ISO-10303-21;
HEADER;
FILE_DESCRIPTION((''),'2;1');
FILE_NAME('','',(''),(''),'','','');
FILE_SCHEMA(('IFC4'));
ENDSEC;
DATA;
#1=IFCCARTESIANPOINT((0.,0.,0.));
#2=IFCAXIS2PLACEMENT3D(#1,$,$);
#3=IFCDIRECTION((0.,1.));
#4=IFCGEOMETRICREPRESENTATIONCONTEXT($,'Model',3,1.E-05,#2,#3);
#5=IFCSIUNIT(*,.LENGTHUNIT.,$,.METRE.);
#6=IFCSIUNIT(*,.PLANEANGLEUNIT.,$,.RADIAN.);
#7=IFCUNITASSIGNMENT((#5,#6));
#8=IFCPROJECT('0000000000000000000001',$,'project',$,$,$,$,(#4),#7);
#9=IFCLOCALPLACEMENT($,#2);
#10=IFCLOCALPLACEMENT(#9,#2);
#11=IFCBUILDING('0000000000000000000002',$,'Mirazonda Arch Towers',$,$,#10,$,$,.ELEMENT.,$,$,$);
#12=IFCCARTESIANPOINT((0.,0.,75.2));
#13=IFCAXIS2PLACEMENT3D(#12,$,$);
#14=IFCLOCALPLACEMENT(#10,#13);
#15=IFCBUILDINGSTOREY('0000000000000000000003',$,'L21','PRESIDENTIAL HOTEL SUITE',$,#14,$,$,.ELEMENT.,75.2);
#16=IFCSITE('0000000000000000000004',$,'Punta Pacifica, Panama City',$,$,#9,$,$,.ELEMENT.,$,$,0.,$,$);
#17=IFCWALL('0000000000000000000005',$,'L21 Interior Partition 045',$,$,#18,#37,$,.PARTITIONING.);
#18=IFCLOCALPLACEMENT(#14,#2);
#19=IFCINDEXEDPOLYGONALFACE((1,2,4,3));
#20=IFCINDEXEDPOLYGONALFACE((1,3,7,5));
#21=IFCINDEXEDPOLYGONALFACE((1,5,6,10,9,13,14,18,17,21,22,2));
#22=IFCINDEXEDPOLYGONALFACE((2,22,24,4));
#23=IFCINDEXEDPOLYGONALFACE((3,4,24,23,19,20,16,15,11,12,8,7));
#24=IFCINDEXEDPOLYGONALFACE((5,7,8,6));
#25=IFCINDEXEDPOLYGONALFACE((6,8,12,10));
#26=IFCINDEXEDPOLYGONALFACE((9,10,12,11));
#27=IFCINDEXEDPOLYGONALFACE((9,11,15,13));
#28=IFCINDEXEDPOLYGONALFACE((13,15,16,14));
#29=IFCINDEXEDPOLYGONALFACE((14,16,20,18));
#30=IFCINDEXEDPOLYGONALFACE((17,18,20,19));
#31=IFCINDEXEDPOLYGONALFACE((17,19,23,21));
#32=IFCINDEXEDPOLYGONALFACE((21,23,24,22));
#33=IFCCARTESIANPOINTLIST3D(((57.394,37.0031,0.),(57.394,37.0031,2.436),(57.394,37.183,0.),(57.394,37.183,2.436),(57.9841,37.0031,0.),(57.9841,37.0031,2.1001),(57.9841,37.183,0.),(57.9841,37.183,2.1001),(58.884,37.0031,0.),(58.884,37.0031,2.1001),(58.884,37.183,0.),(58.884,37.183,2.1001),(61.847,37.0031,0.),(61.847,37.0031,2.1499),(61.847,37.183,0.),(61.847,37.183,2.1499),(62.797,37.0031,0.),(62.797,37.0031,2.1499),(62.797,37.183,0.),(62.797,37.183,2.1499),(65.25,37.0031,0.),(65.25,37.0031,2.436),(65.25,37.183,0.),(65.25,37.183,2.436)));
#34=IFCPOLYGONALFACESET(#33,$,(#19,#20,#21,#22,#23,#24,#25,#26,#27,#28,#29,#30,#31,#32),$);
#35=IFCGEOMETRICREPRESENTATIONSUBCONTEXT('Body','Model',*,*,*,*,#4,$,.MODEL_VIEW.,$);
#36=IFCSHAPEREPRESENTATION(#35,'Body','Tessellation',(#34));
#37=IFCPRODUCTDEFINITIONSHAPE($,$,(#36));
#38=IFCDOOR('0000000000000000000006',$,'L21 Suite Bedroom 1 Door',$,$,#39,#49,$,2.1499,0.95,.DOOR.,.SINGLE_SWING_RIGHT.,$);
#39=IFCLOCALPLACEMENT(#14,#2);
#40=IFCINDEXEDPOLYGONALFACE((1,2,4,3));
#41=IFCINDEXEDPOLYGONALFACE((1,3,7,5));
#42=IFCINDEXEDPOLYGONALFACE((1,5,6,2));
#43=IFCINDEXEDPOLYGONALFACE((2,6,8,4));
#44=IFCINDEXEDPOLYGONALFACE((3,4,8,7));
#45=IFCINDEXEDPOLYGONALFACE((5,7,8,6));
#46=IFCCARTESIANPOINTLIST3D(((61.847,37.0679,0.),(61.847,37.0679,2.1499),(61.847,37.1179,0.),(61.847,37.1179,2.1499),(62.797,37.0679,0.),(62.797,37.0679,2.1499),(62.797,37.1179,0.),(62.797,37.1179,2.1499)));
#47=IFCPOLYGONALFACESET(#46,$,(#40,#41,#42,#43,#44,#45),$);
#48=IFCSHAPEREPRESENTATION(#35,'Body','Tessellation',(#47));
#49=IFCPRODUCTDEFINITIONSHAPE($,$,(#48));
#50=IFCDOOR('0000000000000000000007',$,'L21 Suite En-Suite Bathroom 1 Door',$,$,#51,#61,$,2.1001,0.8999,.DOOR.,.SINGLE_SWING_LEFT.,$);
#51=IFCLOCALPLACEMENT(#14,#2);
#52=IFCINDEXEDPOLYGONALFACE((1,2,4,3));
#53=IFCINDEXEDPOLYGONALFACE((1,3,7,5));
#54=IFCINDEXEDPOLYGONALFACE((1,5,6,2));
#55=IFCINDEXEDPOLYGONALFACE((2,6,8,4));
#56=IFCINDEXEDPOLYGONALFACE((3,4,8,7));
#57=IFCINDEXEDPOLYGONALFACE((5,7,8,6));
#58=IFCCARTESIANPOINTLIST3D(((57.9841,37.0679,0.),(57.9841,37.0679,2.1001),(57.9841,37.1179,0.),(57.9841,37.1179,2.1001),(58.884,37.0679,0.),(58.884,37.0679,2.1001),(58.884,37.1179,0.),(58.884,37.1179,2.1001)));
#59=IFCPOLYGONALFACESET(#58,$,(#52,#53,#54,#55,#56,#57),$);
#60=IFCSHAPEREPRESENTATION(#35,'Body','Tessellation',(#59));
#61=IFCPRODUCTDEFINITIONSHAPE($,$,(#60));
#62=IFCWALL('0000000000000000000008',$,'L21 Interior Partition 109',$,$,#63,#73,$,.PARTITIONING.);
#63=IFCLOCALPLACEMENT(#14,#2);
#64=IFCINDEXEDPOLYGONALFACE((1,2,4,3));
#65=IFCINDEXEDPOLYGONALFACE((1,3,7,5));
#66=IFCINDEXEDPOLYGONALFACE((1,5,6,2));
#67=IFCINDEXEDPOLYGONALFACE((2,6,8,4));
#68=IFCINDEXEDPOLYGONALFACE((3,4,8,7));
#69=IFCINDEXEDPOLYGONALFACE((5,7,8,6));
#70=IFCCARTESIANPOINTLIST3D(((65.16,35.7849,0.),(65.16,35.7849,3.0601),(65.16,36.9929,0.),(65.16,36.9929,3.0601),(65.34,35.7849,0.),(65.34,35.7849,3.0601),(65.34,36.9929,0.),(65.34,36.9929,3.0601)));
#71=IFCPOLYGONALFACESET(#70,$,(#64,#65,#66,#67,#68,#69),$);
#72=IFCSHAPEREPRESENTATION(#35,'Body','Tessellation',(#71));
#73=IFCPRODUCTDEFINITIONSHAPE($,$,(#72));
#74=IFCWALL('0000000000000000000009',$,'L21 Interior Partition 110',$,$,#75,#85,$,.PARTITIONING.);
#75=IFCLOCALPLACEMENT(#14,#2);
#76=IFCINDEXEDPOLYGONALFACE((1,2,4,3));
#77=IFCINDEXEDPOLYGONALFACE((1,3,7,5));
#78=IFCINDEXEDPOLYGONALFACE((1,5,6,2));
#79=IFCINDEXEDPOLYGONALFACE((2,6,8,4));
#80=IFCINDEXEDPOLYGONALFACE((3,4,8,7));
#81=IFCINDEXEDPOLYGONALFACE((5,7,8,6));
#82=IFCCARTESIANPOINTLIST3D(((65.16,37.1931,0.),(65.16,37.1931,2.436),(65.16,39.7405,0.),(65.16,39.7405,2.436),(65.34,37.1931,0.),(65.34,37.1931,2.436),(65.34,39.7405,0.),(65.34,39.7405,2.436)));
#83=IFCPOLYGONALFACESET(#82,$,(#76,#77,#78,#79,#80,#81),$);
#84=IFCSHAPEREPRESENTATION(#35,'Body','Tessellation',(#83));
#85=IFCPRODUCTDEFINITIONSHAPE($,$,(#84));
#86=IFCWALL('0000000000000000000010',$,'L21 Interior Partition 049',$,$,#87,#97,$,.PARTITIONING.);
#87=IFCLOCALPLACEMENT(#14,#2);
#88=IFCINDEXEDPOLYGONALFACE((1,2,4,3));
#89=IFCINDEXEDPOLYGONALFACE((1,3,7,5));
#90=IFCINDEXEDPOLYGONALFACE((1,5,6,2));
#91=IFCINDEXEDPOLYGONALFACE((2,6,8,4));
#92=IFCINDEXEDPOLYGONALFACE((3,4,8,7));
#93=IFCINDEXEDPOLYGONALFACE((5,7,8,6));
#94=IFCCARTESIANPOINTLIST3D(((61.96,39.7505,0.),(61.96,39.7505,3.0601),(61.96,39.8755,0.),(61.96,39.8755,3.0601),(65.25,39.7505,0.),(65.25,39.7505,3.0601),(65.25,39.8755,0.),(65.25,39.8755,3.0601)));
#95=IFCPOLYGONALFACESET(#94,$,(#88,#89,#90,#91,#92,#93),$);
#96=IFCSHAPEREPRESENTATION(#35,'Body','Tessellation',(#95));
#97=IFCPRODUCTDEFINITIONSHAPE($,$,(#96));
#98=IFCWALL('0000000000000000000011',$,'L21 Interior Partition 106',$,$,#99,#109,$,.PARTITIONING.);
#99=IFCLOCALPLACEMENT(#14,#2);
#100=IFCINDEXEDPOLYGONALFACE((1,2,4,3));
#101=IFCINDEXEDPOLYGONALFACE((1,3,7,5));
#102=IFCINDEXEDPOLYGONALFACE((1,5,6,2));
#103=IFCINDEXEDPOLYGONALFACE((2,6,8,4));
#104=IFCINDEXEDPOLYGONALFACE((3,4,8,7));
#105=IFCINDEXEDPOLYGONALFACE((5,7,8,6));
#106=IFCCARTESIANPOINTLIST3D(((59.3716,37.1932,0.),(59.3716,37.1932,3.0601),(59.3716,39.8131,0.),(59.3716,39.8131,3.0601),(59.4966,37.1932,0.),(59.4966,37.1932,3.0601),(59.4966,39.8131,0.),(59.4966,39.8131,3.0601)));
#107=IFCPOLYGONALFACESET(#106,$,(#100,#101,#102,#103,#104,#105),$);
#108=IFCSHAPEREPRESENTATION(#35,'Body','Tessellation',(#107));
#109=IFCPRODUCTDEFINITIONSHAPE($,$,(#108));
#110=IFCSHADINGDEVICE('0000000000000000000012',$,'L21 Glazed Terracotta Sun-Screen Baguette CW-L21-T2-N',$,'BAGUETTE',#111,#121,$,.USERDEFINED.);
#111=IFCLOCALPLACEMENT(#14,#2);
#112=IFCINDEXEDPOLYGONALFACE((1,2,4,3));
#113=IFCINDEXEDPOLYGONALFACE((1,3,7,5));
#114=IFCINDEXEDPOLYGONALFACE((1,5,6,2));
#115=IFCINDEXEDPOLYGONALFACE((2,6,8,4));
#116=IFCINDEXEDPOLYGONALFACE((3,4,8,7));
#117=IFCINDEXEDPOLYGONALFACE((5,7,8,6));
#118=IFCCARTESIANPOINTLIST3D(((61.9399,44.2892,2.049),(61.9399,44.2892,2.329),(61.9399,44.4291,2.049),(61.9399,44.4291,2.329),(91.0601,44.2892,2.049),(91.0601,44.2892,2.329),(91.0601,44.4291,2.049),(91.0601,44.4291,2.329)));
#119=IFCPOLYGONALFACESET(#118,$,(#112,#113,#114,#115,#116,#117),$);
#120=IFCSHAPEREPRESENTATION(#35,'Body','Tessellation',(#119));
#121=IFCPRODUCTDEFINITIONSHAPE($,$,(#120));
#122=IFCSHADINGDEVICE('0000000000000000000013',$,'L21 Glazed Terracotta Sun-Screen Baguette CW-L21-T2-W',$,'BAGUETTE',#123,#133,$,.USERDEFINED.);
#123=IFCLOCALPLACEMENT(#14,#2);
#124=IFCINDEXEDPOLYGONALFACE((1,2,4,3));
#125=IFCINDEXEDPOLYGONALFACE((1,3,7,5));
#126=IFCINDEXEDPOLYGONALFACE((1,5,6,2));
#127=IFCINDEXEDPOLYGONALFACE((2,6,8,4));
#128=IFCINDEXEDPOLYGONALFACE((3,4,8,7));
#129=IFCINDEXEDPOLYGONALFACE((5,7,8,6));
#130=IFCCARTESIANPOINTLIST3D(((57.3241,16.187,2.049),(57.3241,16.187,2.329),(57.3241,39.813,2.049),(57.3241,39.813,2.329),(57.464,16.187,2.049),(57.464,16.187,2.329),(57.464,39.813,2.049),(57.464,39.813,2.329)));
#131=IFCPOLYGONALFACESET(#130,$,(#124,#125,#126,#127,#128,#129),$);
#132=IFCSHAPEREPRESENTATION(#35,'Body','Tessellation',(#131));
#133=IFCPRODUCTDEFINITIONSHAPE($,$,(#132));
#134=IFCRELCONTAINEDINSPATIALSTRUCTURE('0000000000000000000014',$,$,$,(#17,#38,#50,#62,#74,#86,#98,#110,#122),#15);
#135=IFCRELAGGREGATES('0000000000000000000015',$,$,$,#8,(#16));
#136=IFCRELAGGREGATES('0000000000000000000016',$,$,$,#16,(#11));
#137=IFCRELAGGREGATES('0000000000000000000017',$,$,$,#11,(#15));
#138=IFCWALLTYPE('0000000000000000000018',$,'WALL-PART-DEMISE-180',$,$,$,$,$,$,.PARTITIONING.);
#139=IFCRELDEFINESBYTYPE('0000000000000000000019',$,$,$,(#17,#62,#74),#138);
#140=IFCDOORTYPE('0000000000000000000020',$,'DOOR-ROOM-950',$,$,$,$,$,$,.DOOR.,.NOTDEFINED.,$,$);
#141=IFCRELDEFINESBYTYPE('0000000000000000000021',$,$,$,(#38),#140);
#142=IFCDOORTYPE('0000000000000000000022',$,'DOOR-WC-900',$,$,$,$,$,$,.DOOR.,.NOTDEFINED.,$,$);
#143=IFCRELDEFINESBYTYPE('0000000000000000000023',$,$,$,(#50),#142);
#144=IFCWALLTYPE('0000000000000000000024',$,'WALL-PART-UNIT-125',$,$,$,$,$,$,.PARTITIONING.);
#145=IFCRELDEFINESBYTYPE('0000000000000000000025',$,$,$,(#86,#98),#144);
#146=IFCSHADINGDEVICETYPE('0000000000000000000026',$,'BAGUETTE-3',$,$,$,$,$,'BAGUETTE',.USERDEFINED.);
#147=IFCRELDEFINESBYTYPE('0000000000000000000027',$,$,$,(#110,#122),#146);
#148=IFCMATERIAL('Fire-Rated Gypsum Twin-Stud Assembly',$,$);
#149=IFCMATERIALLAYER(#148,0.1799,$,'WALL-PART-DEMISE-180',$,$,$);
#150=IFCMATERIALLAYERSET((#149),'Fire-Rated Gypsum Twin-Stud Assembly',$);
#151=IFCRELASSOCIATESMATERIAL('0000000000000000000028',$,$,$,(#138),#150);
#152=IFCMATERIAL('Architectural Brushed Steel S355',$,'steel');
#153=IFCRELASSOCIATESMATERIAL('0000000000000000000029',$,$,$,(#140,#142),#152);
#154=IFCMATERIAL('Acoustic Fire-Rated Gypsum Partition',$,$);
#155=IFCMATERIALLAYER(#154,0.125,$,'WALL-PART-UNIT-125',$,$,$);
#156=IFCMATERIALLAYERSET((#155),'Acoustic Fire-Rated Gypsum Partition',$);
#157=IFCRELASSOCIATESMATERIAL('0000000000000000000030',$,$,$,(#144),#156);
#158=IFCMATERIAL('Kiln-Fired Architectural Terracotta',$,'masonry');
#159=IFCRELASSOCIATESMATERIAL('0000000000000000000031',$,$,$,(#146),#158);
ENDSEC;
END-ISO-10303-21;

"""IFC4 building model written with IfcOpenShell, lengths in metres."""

from ifc_helpers import new_model, si_unit, direction, frame, frame_2d, origin, origin_2d, place, context, subcontext, project, spatial, rectangle, extrude, material, layer, layer_set, material_profile, profile_set, type_object, element, fill, save


model = new_model("IFC4")

# Units and contexts
model_context = context("Model", 3, precision=1e-05, world=origin(), true_north=direction((0.0, 1.0)))
body_context = subcontext(model_context, "Body", "Model", "MODEL_VIEW")
ifc_project = project(units=[si_unit("LENGTHUNIT", "METRE"), si_unit("PLANEANGLEUNIT", "RADIAN")], contexts=[model_context])

# Site, building, storey
site_placement = place(None, origin())
site = spatial("IfcSite", under=ifc_project, at=site_placement, Name="Punta Pacifica, Panama City", CompositionType="ELEMENT", RefElevation=0.0)
building_placement = place(site_placement, origin())
building = spatial("IfcBuilding", under=site, at=building_placement, Name="Mirazonda Arch Towers", CompositionType="ELEMENT")
storey_placement = place(building_placement, frame((0.0, 0.0, 75.2)))
storey = spatial("IfcBuildingStorey", under=building, at=storey_placement, Name="L21", Description="PRESIDENTIAL HOTEL SUITE", CompositionType="ELEMENT", Elevation=75.2)

# Wall, openings, doors
ifc_material_1 = material(Name="Fire-Rated Gypsum Twin-Stud Assembly")
ifc_layer_1 = layer(ifc_material_1, 0.1799, Name="WALL-PART-DEMISE-180")
ifc_layer_set_1 = layer_set([ifc_layer_1], Name="Fire-Rated Gypsum Twin-Stud Assembly")
wall_type_1 = type_object("IfcWallType", Name="WALL-PART-DEMISE-180", PredefinedType="PARTITIONING", material=ifc_layer_set_1)
wall_1_placement = place(storey_placement, frame((57.394, 37.093, 0.0), z_axis=(0.0, 0.0, 1.0), x_axis=(1.0, 0.0, 0.0)))
wall_1 = element("IfcWall", 1, at=wall_1_placement, inside=storey, type_object=wall_type_1, Name="L21 Interior Partition 045", PredefinedType="PARTITIONING", context=body_context, shape_type="SweptSolid", body=[
    extrude(rectangle(XDim=7.856, YDim=0.1799, at=frame_2d((3.928, 0.0))), origin(), (0.0, 0.0, 1.0), 2.436),
])
opening_1_placement = place(wall_1_placement, frame((4.4529, 0.0, 0.0)))
opening_1 = element("IfcOpeningElement", 2, at=opening_1_placement, cuts=wall_1, PredefinedType="OPENING", context=body_context, shape_type="SweptSolid", body=[
    extrude(rectangle(XDim=0.95, YDim=2.1499, at=frame_2d((0.4751, 1.075))), frame((0.0, 0.0999, 0.0), z_axis=(0.0, -1.0, 0.0), x_axis=(1.0, 0.0, 0.0)), (0.0, 0.0, 1.0), 0.2),
])
opening_2_placement = place(wall_1_placement, frame((0.5901, 0.0, 0.0)))
opening_2 = element("IfcOpeningElement", 3, at=opening_2_placement, cuts=wall_1, PredefinedType="OPENING", context=body_context, shape_type="SweptSolid", body=[
    extrude(rectangle(XDim=0.8999, YDim=2.1001, at=frame_2d((0.45, 1.05))), frame((0.0, 0.0999, 0.0), z_axis=(0.0, -1.0, 0.0), x_axis=(1.0, 0.0, 0.0)), (0.0, 0.0, 1.0), 0.2),
])
ifc_material_2 = material(Name="Architectural Brushed Steel S355", Category="steel")
door_type_1 = type_object("IfcDoorType", Name="DOOR-ROOM-950", OperationType="NOTDEFINED", PredefinedType="DOOR", material=ifc_material_2)
door_1_placement = place(opening_1_placement, origin())
door_1 = element("IfcDoor", 4, at=door_1_placement, inside=storey, type_object=door_type_1, Name="L21 Suite Bedroom 1 Door", OperationType="SINGLE_SWING_RIGHT", OverallHeight=2.1499, OverallWidth=0.95, PredefinedType="DOOR", context=body_context, shape_type="SweptSolid", body=[
    extrude(rectangle(XDim=0.95, YDim=2.1499, at=frame_2d((0.4751, 1.075))), frame((0.0, 0.0249, 0.0), z_axis=(0.0, -1.0, 0.0), x_axis=(1.0, 0.0, 0.0)), (0.0, 0.0, 1.0), 0.05),
])
fill(opening_1, door_1)
door_type_2 = type_object("IfcDoorType", Name="DOOR-WC-900", OperationType="NOTDEFINED", PredefinedType="DOOR", material=ifc_material_2)
door_2_placement = place(opening_2_placement, origin())
door_2 = element("IfcDoor", 5, at=door_2_placement, inside=storey, type_object=door_type_2, Name="L21 Suite En-Suite Bathroom 1 Door", OperationType="SINGLE_SWING_LEFT", OverallHeight=2.1001, OverallWidth=0.8999, PredefinedType="DOOR", context=body_context, shape_type="SweptSolid", body=[
    extrude(rectangle(XDim=0.8999, YDim=2.1001, at=frame_2d((0.45, 1.05))), frame((0.0, 0.0249, 0.0), z_axis=(0.0, -1.0, 0.0), x_axis=(1.0, 0.0, 0.0)), (0.0, 0.0, 1.0), 0.05),
])
fill(opening_2, door_2)

# Walls
wall_2_placement = place(storey_placement, frame((65.25, 35.7849, 0.0), z_axis=(0.0, 0.0, 1.0), x_axis=(0.0, 1.0, 0.0)))
element("IfcWall", 6, at=wall_2_placement, inside=storey, type_object=wall_type_1, Name="L21 Interior Partition 109", PredefinedType="PARTITIONING", context=body_context, shape_type="SweptSolid", body=[
    extrude(rectangle(XDim=1.208, YDim=0.1799, at=frame_2d((0.604, 0.0))), origin(), (0.0, 0.0, 1.0), 3.0601),
])
wall_3_placement = place(storey_placement, frame((65.25, 37.1931, 0.0), z_axis=(0.0, 0.0, 1.0), x_axis=(0.0, 1.0, 0.0)))
element("IfcWall", 7, at=wall_3_placement, inside=storey, type_object=wall_type_1, Name="L21 Interior Partition 110", PredefinedType="PARTITIONING", context=body_context, shape_type="SweptSolid", body=[
    extrude(rectangle(XDim=2.5474, YDim=0.1799, at=frame_2d((1.2737, 0.0))), origin(), (0.0, 0.0, 1.0), 2.436),
])
ifc_material_3 = material(Name="Acoustic Fire-Rated Gypsum Partition")
ifc_layer_2 = layer(ifc_material_3, 0.125, Name="WALL-PART-UNIT-125")
ifc_layer_set_2 = layer_set([ifc_layer_2], Name="Acoustic Fire-Rated Gypsum Partition")
wall_type_2 = type_object("IfcWallType", Name="WALL-PART-UNIT-125", PredefinedType="PARTITIONING", material=ifc_layer_set_2)
wall_4_placement = place(storey_placement, frame((61.96, 39.813, 0.0), z_axis=(0.0, 0.0, 1.0), x_axis=(1.0, 0.0, 0.0)))
element("IfcWall", 8, at=wall_4_placement, inside=storey, type_object=wall_type_2, Name="L21 Interior Partition 049", PredefinedType="PARTITIONING", context=body_context, shape_type="SweptSolid", body=[
    extrude(rectangle(XDim=3.29, YDim=0.125, at=frame_2d((1.645, 0.0))), origin(), (0.0, 0.0, 1.0), 3.0601),
])
wall_5_placement = place(storey_placement, frame((59.4341, 37.1931, 0.0), z_axis=(0.0, 0.0, 1.0), x_axis=(0.0, 1.0, 0.0)))
element("IfcWall", 9, at=wall_5_placement, inside=storey, type_object=wall_type_2, Name="L21 Interior Partition 106", PredefinedType="PARTITIONING", context=body_context, shape_type="SweptSolid", body=[
    extrude(rectangle(XDim=2.6199, YDim=0.125, at=frame_2d((1.3101, 0.0))), origin(), (0.0, 0.0, 1.0), 3.0601),
])

# Shading devices
ifc_material_4 = material(Name="Kiln-Fired Architectural Terracotta", Category="masonry")
ifc_material_profile_1 = material_profile(ifc_material_4, rectangle(XDim=0.1399, YDim=0.28, at=origin_2d()), Name="TERRA-BAG-140x280")
ifc_profile_set_1 = profile_set([ifc_material_profile_1], Name="Kiln-Fired Architectural Terracotta")
shading_device_type = type_object("IfcShadingDeviceType", Name="BAGUETTE-3", ElementType="BAGUETTE", PredefinedType="USERDEFINED", material=ifc_profile_set_1)
shading_device_1_placement = place(storey_placement, frame((61.9399, 44.3591, 2.189), z_axis=(1.0, 0.0, 0.0), x_axis=(0.0, 1.0, 0.0)))
element("IfcShadingDevice", 10, at=shading_device_1_placement, inside=storey, type_object=shading_device_type, Name="L21 Glazed Terracotta Sun-Screen Baguette CW-L21-T2-N", ObjectType="BAGUETTE", PredefinedType="USERDEFINED", context=body_context, shape_type="SweptSolid", body=[
    extrude(rectangle(XDim=0.1399, YDim=0.28, at=origin_2d()), origin(), (0.0, 0.0, 1.0), 29.1201),
])
shading_device_2_placement = place(storey_placement, frame((57.394, 39.813, 2.189), z_axis=(0.0, -1.0, 0.0), x_axis=(1.0, 0.0, 0.0)))
element("IfcShadingDevice", 11, at=shading_device_2_placement, inside=storey, type_object=shading_device_type, Name="L21 Glazed Terracotta Sun-Screen Baguette CW-L21-T2-W", ObjectType="BAGUETTE", PredefinedType="USERDEFINED", context=body_context, shape_type="SweptSolid", body=[
    extrude(rectangle(XDim=0.1399, YDim=0.28, at=origin_2d()), origin(), (0.0, 0.0, 1.0), 23.626),
])

save(model, "model.ifc")
